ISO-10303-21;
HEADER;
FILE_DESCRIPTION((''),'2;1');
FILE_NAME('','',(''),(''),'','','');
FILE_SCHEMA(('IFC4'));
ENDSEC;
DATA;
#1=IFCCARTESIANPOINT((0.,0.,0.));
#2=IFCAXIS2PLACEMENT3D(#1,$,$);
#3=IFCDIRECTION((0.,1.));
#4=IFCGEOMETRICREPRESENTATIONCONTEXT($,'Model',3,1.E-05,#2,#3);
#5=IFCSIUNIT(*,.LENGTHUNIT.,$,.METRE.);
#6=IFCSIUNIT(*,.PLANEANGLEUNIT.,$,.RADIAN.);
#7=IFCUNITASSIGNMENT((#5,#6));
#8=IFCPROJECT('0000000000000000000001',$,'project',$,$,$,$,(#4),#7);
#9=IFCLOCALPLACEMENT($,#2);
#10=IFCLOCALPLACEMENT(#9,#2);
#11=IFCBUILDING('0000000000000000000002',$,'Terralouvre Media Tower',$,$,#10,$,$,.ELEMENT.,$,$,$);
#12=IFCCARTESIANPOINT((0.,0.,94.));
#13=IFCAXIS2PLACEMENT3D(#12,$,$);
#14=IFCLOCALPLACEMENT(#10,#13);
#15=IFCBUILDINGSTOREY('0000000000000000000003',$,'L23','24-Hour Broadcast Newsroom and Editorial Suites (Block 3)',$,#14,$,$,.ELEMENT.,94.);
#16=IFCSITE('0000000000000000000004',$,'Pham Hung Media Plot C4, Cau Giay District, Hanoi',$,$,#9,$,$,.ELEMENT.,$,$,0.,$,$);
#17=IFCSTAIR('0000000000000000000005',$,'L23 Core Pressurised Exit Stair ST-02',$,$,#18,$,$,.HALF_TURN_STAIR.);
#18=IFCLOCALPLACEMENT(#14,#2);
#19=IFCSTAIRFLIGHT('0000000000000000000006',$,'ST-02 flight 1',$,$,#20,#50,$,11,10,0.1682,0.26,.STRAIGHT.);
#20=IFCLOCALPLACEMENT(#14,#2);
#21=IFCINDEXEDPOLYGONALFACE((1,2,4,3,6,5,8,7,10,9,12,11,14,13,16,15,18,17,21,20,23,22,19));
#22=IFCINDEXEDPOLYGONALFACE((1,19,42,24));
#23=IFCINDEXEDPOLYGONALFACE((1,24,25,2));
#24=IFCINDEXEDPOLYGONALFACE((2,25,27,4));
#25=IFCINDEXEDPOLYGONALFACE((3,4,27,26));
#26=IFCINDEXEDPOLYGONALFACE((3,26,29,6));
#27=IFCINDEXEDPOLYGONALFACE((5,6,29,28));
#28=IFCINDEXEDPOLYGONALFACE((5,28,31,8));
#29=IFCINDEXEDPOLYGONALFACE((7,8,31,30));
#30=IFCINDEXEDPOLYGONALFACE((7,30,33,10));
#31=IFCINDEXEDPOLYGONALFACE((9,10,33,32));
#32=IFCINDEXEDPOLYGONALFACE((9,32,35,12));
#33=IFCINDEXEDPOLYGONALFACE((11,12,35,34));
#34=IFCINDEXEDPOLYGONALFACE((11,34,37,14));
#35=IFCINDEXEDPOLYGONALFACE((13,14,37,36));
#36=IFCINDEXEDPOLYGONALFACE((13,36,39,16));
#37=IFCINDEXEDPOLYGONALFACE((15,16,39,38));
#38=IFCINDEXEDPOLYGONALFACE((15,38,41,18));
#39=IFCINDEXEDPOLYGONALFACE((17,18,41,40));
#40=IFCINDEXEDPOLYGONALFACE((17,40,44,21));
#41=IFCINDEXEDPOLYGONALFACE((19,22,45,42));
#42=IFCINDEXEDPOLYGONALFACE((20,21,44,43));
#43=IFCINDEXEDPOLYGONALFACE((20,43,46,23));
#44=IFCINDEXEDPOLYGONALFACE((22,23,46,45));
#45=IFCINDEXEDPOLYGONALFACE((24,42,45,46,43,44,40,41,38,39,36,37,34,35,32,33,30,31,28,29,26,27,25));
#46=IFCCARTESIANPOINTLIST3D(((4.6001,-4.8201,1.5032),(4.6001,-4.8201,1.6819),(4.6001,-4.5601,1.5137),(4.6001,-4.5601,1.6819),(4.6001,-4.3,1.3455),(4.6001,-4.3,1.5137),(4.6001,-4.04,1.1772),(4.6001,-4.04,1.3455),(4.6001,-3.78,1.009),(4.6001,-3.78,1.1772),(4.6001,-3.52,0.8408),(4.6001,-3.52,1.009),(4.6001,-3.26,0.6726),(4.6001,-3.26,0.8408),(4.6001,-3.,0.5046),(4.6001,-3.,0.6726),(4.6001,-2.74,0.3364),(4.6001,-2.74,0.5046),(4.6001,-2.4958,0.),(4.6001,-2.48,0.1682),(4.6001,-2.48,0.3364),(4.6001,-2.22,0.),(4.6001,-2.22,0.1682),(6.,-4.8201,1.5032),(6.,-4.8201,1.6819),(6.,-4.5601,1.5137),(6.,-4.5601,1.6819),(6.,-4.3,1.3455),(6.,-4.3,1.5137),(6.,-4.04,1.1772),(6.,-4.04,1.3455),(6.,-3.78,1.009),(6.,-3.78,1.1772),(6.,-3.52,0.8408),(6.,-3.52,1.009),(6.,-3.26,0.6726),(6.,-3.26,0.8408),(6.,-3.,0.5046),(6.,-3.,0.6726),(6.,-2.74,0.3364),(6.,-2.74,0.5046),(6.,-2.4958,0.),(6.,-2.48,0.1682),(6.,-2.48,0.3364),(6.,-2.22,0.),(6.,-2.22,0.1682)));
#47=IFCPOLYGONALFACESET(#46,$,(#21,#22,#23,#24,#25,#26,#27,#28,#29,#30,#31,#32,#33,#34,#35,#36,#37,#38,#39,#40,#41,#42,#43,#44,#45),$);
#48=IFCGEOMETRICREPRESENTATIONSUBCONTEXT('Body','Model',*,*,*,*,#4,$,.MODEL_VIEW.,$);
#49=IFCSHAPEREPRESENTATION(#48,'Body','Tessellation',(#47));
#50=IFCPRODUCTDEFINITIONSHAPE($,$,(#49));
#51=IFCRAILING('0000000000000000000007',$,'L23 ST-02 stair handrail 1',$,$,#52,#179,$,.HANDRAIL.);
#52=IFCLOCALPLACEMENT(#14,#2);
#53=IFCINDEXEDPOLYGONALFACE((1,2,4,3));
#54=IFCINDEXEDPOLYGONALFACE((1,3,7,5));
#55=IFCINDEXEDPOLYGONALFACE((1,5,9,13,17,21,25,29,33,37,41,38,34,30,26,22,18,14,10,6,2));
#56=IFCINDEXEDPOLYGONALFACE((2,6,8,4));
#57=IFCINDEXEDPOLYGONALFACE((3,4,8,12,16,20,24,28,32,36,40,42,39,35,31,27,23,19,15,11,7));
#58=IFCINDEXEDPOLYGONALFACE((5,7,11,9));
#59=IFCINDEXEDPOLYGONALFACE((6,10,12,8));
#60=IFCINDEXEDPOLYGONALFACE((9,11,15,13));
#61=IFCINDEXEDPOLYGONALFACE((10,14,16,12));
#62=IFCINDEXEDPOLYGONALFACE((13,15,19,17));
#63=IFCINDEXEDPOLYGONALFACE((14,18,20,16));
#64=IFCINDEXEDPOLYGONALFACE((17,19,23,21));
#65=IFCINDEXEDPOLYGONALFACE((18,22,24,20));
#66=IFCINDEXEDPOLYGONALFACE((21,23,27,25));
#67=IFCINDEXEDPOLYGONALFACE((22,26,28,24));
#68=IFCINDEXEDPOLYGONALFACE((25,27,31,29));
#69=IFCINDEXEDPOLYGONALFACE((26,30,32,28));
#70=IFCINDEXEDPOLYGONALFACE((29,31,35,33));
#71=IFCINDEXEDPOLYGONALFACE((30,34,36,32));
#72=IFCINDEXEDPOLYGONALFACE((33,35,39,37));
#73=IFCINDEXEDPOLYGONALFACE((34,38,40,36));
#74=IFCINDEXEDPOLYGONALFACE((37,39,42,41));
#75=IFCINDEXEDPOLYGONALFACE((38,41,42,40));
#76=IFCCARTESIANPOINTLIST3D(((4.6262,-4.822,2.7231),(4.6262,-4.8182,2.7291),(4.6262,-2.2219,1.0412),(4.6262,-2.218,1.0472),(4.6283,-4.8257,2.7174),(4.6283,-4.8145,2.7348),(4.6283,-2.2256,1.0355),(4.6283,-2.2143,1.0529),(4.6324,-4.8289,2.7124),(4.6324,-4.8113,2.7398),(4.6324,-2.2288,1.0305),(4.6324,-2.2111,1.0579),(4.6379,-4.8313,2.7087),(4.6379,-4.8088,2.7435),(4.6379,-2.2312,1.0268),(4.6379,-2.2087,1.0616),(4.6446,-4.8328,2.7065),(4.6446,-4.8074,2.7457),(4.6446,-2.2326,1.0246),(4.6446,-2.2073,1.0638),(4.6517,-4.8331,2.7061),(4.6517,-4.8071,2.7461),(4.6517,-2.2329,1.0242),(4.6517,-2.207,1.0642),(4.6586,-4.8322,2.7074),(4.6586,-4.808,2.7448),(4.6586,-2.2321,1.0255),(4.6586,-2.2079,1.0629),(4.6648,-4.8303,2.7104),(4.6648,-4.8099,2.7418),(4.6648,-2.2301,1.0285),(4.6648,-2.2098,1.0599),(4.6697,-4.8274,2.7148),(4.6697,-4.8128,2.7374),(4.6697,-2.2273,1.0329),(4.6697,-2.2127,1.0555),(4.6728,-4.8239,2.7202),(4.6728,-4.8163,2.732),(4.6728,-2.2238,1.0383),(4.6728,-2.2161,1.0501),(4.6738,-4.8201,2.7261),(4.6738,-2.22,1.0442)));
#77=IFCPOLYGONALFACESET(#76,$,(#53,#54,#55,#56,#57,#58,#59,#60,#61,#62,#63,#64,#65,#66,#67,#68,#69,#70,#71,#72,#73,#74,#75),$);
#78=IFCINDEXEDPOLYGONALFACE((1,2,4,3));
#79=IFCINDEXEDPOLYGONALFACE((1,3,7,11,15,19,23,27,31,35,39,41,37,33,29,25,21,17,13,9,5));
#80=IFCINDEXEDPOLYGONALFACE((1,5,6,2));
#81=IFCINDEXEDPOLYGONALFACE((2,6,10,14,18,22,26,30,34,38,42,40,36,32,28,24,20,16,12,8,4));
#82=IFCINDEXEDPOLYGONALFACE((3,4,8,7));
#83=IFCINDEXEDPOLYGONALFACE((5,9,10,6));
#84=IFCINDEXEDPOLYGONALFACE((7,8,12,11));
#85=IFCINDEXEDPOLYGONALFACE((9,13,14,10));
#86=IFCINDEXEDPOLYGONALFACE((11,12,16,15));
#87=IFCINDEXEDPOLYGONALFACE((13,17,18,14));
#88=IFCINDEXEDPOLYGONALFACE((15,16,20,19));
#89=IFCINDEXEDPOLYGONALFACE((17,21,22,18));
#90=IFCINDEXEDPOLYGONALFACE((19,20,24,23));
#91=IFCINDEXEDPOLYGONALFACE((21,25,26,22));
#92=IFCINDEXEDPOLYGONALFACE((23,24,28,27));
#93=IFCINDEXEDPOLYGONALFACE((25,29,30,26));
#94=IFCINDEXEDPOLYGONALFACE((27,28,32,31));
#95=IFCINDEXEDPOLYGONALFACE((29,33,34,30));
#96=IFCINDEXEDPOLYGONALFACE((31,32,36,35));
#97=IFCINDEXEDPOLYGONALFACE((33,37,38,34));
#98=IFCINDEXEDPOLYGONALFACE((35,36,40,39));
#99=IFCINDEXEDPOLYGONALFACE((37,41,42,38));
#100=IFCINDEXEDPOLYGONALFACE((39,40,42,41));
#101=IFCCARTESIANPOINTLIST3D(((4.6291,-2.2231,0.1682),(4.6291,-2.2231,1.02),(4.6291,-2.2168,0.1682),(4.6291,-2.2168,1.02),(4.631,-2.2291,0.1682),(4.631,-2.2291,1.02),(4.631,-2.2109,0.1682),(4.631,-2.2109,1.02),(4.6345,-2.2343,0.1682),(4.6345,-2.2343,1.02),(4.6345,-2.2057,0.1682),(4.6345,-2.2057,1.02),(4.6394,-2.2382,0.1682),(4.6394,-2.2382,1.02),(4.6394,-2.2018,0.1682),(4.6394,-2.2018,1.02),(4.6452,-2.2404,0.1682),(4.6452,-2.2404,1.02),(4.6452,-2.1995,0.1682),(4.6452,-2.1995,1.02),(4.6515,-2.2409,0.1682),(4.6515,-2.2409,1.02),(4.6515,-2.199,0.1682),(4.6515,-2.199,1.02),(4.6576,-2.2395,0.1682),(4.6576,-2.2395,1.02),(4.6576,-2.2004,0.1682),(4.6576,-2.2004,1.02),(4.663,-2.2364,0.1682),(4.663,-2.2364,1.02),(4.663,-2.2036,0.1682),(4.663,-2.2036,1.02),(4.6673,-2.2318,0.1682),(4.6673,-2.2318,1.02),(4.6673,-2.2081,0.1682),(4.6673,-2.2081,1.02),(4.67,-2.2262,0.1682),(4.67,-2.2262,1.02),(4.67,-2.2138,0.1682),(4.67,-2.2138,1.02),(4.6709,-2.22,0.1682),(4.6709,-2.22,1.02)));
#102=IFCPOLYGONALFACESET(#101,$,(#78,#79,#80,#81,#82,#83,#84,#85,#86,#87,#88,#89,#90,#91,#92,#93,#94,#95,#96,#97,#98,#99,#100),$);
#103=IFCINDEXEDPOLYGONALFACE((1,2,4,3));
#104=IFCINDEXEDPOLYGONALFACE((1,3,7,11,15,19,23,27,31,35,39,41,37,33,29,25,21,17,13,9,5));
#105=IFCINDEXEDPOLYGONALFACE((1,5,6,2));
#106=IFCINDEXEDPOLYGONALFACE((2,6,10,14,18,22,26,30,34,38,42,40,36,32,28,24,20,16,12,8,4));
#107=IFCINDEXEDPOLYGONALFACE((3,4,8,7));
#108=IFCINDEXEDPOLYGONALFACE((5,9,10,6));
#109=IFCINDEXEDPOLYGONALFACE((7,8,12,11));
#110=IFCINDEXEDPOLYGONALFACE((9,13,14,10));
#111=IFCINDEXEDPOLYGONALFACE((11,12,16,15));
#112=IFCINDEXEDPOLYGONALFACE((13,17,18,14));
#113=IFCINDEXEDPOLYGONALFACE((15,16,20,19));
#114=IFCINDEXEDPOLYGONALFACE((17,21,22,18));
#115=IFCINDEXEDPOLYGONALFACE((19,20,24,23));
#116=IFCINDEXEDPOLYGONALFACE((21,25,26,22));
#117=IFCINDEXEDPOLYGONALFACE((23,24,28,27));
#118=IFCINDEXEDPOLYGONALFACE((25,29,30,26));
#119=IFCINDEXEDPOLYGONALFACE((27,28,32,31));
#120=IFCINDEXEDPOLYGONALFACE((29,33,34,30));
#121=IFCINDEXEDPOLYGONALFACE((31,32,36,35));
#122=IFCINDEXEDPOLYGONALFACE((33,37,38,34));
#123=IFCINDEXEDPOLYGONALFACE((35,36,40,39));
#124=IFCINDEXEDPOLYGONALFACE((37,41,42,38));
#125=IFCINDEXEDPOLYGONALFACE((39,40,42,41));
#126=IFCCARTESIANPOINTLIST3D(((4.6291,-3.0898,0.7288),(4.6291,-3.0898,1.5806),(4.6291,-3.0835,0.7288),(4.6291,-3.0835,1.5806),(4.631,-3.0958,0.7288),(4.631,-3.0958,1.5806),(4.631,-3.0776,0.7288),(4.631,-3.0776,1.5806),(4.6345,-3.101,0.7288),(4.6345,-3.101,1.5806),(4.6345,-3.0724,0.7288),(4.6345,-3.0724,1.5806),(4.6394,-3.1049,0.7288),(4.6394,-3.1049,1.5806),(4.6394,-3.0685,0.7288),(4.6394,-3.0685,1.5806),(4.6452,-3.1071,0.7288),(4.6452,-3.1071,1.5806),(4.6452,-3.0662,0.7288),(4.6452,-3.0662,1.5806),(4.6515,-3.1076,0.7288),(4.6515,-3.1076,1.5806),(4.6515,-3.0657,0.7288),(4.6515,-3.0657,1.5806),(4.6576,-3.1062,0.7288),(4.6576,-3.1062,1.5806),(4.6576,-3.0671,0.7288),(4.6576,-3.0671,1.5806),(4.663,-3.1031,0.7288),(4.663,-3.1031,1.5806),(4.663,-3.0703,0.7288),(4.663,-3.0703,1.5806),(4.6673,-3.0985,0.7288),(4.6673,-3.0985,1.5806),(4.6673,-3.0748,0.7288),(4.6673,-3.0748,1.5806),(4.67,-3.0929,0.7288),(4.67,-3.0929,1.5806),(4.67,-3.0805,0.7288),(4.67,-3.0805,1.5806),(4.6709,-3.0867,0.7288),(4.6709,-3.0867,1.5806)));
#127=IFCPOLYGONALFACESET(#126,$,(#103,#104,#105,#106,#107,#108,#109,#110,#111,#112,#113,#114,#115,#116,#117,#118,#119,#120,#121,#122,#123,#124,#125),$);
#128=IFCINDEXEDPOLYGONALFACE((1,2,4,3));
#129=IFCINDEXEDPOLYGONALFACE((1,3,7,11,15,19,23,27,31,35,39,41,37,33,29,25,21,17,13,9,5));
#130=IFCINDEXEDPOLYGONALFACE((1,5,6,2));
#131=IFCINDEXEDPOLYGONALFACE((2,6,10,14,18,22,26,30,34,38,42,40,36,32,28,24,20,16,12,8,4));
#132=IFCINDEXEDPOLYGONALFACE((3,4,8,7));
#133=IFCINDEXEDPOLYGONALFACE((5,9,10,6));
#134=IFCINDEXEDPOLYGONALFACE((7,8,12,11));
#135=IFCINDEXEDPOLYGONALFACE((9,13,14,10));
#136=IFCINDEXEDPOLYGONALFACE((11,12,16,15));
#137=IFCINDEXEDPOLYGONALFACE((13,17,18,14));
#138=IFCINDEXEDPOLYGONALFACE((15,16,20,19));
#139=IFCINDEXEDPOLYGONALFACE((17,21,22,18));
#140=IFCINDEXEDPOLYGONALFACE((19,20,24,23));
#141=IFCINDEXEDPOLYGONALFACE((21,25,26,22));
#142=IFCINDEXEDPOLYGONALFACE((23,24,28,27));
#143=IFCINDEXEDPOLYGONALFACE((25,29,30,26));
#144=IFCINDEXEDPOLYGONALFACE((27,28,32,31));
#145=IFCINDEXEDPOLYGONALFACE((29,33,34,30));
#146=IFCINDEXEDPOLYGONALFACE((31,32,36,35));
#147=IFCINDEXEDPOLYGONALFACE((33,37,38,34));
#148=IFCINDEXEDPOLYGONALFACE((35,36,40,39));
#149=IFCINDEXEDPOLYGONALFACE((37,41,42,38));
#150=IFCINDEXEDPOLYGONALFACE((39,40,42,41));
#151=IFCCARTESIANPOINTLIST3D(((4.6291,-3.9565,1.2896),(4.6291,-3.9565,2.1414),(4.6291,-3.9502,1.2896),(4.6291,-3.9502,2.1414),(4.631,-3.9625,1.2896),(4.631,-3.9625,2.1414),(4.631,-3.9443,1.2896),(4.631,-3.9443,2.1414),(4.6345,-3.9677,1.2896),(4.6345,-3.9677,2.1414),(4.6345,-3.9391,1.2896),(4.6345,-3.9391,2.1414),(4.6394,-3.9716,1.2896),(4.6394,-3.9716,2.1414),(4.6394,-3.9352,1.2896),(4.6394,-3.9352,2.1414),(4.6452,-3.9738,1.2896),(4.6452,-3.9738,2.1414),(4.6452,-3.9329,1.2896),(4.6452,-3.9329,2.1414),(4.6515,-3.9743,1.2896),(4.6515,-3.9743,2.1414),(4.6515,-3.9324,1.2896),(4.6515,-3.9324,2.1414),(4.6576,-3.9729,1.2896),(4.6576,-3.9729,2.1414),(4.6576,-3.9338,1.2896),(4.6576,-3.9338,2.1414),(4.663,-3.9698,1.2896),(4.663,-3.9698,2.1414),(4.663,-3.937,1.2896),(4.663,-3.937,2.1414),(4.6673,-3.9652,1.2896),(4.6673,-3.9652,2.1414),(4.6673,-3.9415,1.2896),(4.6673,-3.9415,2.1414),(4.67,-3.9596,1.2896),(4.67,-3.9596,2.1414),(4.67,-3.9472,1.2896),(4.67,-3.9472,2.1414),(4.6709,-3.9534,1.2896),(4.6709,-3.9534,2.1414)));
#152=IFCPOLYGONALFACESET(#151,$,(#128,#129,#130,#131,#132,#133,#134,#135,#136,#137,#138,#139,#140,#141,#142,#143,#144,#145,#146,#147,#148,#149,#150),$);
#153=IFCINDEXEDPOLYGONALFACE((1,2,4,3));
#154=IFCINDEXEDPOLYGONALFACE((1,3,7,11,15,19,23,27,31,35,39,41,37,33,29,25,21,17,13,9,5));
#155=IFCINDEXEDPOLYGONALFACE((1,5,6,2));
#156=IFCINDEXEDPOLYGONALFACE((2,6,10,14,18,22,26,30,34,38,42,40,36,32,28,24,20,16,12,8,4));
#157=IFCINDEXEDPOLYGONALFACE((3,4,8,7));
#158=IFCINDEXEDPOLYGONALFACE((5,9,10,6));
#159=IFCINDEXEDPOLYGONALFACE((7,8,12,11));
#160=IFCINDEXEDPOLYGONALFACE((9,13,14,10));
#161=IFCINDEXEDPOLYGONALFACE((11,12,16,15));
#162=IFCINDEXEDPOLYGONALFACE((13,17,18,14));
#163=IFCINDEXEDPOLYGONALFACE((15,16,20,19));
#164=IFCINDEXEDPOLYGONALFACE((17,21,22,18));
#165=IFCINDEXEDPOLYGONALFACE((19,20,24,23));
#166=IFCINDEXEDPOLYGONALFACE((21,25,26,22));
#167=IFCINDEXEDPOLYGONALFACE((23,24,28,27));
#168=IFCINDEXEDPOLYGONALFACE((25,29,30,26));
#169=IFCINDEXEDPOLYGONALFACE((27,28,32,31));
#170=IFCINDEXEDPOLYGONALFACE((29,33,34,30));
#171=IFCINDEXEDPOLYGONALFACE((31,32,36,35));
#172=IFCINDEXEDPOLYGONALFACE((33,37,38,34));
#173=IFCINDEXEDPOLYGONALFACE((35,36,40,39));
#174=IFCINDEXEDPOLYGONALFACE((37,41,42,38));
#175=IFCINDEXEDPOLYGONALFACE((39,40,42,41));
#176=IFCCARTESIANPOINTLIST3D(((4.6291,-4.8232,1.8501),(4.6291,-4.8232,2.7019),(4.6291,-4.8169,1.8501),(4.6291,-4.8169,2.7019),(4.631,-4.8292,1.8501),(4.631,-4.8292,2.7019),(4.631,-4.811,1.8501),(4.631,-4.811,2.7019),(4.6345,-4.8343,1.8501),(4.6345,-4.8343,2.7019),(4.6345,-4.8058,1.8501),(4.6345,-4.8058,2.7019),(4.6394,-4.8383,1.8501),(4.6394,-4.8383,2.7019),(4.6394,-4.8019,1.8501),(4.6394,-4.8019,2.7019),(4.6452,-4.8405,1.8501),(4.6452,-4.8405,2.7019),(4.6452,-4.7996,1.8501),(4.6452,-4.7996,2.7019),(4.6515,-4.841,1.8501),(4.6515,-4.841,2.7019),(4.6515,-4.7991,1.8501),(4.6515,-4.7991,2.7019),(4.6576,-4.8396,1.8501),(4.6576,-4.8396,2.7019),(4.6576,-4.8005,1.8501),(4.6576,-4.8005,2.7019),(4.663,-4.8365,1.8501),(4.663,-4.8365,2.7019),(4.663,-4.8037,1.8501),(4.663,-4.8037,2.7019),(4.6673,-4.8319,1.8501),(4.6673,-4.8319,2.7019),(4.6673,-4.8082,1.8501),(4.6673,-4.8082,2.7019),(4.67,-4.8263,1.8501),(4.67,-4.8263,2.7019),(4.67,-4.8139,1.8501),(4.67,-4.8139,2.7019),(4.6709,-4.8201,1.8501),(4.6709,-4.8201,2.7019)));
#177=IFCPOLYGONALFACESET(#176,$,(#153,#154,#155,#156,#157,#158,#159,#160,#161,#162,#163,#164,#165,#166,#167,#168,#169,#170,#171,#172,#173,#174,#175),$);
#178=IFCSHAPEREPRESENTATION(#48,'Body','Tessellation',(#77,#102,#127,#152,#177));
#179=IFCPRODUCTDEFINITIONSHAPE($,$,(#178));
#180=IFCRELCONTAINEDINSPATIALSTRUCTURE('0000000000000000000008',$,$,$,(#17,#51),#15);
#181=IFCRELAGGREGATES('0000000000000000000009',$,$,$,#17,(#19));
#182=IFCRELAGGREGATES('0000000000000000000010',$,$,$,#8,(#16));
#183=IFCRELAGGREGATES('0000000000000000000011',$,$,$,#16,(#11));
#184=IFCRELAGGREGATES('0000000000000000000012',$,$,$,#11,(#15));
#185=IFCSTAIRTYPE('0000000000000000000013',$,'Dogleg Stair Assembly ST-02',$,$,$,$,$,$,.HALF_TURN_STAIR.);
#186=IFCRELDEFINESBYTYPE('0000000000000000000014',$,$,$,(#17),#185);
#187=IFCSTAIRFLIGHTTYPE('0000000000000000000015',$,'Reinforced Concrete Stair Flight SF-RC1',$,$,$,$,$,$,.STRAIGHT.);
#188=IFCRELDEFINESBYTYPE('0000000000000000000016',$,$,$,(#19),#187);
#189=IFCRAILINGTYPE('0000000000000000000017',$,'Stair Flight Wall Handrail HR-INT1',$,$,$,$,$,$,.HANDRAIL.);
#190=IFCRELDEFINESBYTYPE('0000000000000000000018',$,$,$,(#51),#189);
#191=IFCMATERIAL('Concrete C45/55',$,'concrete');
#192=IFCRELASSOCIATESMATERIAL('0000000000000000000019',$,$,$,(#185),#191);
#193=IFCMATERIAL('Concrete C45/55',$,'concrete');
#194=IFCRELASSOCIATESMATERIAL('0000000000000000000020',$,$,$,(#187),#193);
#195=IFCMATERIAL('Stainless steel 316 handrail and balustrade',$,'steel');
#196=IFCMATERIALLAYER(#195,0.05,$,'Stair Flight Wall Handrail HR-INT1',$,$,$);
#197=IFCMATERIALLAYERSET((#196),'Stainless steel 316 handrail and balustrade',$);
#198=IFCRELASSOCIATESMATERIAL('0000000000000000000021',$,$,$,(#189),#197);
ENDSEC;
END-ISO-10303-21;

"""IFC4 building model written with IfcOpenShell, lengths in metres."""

from ifc_helpers import new_model, si_unit, direction, frame, origin, origin_2d, place, context, subcontext, project, spatial, polyline, circle, outline, extrude, material, layer, layer_set, type_object, element, aggregate, save


model = new_model("IFC4")

# Units and contexts
model_context = context("Model", 3, precision=1e-05, world=origin(), true_north=direction((0.0, 1.0)))
body_context = subcontext(model_context, "Body", "Model", "MODEL_VIEW")
ifc_project = project(units=[si_unit("LENGTHUNIT", "METRE"), si_unit("PLANEANGLEUNIT", "RADIAN")], contexts=[model_context])

# Site, building, storey
site_placement = place(None, origin())
site = spatial("IfcSite", under=ifc_project, at=site_placement, Name="Pham Hung Media Plot C4, Cau Giay District, Hanoi", CompositionType="ELEMENT", RefElevation=0.0)
building_placement = place(site_placement, origin())
building = spatial("IfcBuilding", under=site, at=building_placement, Name="Terralouvre Media Tower", CompositionType="ELEMENT")
storey_placement = place(building_placement, frame((0.0, 0.0, 94.0)))
storey = spatial("IfcBuildingStorey", under=building, at=storey_placement, Name="L23", Description="24-Hour Broadcast Newsroom and Editorial Suites (Block 3)", CompositionType="ELEMENT", Elevation=94.0)

# Stair, stair flight
ifc_material_1 = material(Name="Concrete C45/55", Category="concrete")
stair_type = type_object("IfcStairType", Name="Dogleg Stair Assembly ST-02", PredefinedType="HALF_TURN_STAIR", material=ifc_material_1)
stair_placement = place(storey_placement, origin())
stair = element("IfcStair", 1, at=stair_placement, inside=storey, type_object=stair_type, Name="L23 Core Pressurised Exit Stair ST-02", PredefinedType="HALF_TURN_STAIR")
ifc_material_2 = material(Name="Concrete C45/55", Category="concrete")
stair_flight_type = type_object("IfcStairFlightType", Name="Reinforced Concrete Stair Flight SF-RC1", PredefinedType="STRAIGHT", material=ifc_material_2)
stair_flight_placement = place(storey_placement, frame((5.3, -2.22, 0.0), z_axis=(0.0, 0.0, 1.0), x_axis=(0.0, -1.0, 0.0)))
stair_flight = element("IfcStairFlight", 2, at=stair_flight_placement, type_object=stair_flight_type, Name="ST-02 flight 1", NumberOfRisers=11, NumberOfTreads=10, PredefinedType="STRAIGHT", RiserHeight=0.1682, TreadLength=0.26, context=body_context, shape_type="SweptSolid", body=[
    extrude(outline(polyline([(0.0, 0.0), (0.0, 0.1682), (0.26, 0.1682), (0.26, 0.3364), (0.52, 0.3364), (0.52, 0.5046), (0.78, 0.5046), (0.78, 0.6726), (1.04, 0.6726), (1.04, 0.8408), (1.3, 0.8408), (1.3, 1.009), (1.5601, 1.009), (1.5601, 1.1772), (1.8201, 1.1772), (1.8201, 1.3455), (2.0801, 1.3455), (2.0801, 1.5137), (2.3401, 1.5137), (2.3401, 1.6819), (2.6001, 1.6819), (2.6001, 1.8501), (2.6001, 1.5032), (0.2759, 0.0), (0.0, 0.0)])), frame((0.0, 0.7, 0.0), z_axis=(0.0, -1.0, 0.0), x_axis=(1.0, 0.0, 0.0)), (0.0, 0.0, 1.0), 1.3999),
])
aggregate(stair, [stair_flight])

# Railing
ifc_material_3 = material(Name="Stainless steel 316 handrail and balustrade", Category="steel")
ifc_layer_1 = layer(ifc_material_3, 0.05, Name="Stair Flight Wall Handrail HR-INT1")
ifc_layer_set_1 = layer_set([ifc_layer_1], Name="Stainless steel 316 handrail and balustrade")
railing_type_1 = type_object("IfcRailingType", Name="Stair Flight Wall Handrail HR-INT1", PredefinedType="HANDRAIL", material=ifc_layer_set_1)
railing_1_placement = place(storey_placement, frame((4.6499, -2.22, 0.1682)))
element("IfcRailing", 3, at=railing_1_placement, inside=storey, type_object=railing_type_1, Name="L23 ST-02 stair handrail 1", PredefinedType="HANDRAIL", context=body_context, shape_type="SweptSolid", body=[
    extrude(circle(Radius=0.0239, at=origin_2d()), frame((0.0, 0.0, 0.876), z_axis=(0.0, -0.839648, 0.54313), x_axis=(1.0, 0.0, 0.0)), (0.0, 0.0, 1.0), 3.0967),
    extrude(circle(Radius=0.021, at=origin_2d()), origin(), (0.0, 0.0, 1.0), 0.8518),
    extrude(circle(Radius=0.021, at=origin_2d()), frame((0.0, -0.8667, 0.5605)), (0.0, 0.0, 1.0), 0.8518),
    extrude(circle(Radius=0.021, at=origin_2d()), frame((0.0, -1.7334, 1.1213)), (0.0, 0.0, 1.0), 0.8518),
    extrude(circle(Radius=0.021, at=origin_2d()), frame((0.0, -2.6001, 1.6819)), (0.0, 0.0, 1.0), 0.8518),
])

save(model, "model.ifc")
